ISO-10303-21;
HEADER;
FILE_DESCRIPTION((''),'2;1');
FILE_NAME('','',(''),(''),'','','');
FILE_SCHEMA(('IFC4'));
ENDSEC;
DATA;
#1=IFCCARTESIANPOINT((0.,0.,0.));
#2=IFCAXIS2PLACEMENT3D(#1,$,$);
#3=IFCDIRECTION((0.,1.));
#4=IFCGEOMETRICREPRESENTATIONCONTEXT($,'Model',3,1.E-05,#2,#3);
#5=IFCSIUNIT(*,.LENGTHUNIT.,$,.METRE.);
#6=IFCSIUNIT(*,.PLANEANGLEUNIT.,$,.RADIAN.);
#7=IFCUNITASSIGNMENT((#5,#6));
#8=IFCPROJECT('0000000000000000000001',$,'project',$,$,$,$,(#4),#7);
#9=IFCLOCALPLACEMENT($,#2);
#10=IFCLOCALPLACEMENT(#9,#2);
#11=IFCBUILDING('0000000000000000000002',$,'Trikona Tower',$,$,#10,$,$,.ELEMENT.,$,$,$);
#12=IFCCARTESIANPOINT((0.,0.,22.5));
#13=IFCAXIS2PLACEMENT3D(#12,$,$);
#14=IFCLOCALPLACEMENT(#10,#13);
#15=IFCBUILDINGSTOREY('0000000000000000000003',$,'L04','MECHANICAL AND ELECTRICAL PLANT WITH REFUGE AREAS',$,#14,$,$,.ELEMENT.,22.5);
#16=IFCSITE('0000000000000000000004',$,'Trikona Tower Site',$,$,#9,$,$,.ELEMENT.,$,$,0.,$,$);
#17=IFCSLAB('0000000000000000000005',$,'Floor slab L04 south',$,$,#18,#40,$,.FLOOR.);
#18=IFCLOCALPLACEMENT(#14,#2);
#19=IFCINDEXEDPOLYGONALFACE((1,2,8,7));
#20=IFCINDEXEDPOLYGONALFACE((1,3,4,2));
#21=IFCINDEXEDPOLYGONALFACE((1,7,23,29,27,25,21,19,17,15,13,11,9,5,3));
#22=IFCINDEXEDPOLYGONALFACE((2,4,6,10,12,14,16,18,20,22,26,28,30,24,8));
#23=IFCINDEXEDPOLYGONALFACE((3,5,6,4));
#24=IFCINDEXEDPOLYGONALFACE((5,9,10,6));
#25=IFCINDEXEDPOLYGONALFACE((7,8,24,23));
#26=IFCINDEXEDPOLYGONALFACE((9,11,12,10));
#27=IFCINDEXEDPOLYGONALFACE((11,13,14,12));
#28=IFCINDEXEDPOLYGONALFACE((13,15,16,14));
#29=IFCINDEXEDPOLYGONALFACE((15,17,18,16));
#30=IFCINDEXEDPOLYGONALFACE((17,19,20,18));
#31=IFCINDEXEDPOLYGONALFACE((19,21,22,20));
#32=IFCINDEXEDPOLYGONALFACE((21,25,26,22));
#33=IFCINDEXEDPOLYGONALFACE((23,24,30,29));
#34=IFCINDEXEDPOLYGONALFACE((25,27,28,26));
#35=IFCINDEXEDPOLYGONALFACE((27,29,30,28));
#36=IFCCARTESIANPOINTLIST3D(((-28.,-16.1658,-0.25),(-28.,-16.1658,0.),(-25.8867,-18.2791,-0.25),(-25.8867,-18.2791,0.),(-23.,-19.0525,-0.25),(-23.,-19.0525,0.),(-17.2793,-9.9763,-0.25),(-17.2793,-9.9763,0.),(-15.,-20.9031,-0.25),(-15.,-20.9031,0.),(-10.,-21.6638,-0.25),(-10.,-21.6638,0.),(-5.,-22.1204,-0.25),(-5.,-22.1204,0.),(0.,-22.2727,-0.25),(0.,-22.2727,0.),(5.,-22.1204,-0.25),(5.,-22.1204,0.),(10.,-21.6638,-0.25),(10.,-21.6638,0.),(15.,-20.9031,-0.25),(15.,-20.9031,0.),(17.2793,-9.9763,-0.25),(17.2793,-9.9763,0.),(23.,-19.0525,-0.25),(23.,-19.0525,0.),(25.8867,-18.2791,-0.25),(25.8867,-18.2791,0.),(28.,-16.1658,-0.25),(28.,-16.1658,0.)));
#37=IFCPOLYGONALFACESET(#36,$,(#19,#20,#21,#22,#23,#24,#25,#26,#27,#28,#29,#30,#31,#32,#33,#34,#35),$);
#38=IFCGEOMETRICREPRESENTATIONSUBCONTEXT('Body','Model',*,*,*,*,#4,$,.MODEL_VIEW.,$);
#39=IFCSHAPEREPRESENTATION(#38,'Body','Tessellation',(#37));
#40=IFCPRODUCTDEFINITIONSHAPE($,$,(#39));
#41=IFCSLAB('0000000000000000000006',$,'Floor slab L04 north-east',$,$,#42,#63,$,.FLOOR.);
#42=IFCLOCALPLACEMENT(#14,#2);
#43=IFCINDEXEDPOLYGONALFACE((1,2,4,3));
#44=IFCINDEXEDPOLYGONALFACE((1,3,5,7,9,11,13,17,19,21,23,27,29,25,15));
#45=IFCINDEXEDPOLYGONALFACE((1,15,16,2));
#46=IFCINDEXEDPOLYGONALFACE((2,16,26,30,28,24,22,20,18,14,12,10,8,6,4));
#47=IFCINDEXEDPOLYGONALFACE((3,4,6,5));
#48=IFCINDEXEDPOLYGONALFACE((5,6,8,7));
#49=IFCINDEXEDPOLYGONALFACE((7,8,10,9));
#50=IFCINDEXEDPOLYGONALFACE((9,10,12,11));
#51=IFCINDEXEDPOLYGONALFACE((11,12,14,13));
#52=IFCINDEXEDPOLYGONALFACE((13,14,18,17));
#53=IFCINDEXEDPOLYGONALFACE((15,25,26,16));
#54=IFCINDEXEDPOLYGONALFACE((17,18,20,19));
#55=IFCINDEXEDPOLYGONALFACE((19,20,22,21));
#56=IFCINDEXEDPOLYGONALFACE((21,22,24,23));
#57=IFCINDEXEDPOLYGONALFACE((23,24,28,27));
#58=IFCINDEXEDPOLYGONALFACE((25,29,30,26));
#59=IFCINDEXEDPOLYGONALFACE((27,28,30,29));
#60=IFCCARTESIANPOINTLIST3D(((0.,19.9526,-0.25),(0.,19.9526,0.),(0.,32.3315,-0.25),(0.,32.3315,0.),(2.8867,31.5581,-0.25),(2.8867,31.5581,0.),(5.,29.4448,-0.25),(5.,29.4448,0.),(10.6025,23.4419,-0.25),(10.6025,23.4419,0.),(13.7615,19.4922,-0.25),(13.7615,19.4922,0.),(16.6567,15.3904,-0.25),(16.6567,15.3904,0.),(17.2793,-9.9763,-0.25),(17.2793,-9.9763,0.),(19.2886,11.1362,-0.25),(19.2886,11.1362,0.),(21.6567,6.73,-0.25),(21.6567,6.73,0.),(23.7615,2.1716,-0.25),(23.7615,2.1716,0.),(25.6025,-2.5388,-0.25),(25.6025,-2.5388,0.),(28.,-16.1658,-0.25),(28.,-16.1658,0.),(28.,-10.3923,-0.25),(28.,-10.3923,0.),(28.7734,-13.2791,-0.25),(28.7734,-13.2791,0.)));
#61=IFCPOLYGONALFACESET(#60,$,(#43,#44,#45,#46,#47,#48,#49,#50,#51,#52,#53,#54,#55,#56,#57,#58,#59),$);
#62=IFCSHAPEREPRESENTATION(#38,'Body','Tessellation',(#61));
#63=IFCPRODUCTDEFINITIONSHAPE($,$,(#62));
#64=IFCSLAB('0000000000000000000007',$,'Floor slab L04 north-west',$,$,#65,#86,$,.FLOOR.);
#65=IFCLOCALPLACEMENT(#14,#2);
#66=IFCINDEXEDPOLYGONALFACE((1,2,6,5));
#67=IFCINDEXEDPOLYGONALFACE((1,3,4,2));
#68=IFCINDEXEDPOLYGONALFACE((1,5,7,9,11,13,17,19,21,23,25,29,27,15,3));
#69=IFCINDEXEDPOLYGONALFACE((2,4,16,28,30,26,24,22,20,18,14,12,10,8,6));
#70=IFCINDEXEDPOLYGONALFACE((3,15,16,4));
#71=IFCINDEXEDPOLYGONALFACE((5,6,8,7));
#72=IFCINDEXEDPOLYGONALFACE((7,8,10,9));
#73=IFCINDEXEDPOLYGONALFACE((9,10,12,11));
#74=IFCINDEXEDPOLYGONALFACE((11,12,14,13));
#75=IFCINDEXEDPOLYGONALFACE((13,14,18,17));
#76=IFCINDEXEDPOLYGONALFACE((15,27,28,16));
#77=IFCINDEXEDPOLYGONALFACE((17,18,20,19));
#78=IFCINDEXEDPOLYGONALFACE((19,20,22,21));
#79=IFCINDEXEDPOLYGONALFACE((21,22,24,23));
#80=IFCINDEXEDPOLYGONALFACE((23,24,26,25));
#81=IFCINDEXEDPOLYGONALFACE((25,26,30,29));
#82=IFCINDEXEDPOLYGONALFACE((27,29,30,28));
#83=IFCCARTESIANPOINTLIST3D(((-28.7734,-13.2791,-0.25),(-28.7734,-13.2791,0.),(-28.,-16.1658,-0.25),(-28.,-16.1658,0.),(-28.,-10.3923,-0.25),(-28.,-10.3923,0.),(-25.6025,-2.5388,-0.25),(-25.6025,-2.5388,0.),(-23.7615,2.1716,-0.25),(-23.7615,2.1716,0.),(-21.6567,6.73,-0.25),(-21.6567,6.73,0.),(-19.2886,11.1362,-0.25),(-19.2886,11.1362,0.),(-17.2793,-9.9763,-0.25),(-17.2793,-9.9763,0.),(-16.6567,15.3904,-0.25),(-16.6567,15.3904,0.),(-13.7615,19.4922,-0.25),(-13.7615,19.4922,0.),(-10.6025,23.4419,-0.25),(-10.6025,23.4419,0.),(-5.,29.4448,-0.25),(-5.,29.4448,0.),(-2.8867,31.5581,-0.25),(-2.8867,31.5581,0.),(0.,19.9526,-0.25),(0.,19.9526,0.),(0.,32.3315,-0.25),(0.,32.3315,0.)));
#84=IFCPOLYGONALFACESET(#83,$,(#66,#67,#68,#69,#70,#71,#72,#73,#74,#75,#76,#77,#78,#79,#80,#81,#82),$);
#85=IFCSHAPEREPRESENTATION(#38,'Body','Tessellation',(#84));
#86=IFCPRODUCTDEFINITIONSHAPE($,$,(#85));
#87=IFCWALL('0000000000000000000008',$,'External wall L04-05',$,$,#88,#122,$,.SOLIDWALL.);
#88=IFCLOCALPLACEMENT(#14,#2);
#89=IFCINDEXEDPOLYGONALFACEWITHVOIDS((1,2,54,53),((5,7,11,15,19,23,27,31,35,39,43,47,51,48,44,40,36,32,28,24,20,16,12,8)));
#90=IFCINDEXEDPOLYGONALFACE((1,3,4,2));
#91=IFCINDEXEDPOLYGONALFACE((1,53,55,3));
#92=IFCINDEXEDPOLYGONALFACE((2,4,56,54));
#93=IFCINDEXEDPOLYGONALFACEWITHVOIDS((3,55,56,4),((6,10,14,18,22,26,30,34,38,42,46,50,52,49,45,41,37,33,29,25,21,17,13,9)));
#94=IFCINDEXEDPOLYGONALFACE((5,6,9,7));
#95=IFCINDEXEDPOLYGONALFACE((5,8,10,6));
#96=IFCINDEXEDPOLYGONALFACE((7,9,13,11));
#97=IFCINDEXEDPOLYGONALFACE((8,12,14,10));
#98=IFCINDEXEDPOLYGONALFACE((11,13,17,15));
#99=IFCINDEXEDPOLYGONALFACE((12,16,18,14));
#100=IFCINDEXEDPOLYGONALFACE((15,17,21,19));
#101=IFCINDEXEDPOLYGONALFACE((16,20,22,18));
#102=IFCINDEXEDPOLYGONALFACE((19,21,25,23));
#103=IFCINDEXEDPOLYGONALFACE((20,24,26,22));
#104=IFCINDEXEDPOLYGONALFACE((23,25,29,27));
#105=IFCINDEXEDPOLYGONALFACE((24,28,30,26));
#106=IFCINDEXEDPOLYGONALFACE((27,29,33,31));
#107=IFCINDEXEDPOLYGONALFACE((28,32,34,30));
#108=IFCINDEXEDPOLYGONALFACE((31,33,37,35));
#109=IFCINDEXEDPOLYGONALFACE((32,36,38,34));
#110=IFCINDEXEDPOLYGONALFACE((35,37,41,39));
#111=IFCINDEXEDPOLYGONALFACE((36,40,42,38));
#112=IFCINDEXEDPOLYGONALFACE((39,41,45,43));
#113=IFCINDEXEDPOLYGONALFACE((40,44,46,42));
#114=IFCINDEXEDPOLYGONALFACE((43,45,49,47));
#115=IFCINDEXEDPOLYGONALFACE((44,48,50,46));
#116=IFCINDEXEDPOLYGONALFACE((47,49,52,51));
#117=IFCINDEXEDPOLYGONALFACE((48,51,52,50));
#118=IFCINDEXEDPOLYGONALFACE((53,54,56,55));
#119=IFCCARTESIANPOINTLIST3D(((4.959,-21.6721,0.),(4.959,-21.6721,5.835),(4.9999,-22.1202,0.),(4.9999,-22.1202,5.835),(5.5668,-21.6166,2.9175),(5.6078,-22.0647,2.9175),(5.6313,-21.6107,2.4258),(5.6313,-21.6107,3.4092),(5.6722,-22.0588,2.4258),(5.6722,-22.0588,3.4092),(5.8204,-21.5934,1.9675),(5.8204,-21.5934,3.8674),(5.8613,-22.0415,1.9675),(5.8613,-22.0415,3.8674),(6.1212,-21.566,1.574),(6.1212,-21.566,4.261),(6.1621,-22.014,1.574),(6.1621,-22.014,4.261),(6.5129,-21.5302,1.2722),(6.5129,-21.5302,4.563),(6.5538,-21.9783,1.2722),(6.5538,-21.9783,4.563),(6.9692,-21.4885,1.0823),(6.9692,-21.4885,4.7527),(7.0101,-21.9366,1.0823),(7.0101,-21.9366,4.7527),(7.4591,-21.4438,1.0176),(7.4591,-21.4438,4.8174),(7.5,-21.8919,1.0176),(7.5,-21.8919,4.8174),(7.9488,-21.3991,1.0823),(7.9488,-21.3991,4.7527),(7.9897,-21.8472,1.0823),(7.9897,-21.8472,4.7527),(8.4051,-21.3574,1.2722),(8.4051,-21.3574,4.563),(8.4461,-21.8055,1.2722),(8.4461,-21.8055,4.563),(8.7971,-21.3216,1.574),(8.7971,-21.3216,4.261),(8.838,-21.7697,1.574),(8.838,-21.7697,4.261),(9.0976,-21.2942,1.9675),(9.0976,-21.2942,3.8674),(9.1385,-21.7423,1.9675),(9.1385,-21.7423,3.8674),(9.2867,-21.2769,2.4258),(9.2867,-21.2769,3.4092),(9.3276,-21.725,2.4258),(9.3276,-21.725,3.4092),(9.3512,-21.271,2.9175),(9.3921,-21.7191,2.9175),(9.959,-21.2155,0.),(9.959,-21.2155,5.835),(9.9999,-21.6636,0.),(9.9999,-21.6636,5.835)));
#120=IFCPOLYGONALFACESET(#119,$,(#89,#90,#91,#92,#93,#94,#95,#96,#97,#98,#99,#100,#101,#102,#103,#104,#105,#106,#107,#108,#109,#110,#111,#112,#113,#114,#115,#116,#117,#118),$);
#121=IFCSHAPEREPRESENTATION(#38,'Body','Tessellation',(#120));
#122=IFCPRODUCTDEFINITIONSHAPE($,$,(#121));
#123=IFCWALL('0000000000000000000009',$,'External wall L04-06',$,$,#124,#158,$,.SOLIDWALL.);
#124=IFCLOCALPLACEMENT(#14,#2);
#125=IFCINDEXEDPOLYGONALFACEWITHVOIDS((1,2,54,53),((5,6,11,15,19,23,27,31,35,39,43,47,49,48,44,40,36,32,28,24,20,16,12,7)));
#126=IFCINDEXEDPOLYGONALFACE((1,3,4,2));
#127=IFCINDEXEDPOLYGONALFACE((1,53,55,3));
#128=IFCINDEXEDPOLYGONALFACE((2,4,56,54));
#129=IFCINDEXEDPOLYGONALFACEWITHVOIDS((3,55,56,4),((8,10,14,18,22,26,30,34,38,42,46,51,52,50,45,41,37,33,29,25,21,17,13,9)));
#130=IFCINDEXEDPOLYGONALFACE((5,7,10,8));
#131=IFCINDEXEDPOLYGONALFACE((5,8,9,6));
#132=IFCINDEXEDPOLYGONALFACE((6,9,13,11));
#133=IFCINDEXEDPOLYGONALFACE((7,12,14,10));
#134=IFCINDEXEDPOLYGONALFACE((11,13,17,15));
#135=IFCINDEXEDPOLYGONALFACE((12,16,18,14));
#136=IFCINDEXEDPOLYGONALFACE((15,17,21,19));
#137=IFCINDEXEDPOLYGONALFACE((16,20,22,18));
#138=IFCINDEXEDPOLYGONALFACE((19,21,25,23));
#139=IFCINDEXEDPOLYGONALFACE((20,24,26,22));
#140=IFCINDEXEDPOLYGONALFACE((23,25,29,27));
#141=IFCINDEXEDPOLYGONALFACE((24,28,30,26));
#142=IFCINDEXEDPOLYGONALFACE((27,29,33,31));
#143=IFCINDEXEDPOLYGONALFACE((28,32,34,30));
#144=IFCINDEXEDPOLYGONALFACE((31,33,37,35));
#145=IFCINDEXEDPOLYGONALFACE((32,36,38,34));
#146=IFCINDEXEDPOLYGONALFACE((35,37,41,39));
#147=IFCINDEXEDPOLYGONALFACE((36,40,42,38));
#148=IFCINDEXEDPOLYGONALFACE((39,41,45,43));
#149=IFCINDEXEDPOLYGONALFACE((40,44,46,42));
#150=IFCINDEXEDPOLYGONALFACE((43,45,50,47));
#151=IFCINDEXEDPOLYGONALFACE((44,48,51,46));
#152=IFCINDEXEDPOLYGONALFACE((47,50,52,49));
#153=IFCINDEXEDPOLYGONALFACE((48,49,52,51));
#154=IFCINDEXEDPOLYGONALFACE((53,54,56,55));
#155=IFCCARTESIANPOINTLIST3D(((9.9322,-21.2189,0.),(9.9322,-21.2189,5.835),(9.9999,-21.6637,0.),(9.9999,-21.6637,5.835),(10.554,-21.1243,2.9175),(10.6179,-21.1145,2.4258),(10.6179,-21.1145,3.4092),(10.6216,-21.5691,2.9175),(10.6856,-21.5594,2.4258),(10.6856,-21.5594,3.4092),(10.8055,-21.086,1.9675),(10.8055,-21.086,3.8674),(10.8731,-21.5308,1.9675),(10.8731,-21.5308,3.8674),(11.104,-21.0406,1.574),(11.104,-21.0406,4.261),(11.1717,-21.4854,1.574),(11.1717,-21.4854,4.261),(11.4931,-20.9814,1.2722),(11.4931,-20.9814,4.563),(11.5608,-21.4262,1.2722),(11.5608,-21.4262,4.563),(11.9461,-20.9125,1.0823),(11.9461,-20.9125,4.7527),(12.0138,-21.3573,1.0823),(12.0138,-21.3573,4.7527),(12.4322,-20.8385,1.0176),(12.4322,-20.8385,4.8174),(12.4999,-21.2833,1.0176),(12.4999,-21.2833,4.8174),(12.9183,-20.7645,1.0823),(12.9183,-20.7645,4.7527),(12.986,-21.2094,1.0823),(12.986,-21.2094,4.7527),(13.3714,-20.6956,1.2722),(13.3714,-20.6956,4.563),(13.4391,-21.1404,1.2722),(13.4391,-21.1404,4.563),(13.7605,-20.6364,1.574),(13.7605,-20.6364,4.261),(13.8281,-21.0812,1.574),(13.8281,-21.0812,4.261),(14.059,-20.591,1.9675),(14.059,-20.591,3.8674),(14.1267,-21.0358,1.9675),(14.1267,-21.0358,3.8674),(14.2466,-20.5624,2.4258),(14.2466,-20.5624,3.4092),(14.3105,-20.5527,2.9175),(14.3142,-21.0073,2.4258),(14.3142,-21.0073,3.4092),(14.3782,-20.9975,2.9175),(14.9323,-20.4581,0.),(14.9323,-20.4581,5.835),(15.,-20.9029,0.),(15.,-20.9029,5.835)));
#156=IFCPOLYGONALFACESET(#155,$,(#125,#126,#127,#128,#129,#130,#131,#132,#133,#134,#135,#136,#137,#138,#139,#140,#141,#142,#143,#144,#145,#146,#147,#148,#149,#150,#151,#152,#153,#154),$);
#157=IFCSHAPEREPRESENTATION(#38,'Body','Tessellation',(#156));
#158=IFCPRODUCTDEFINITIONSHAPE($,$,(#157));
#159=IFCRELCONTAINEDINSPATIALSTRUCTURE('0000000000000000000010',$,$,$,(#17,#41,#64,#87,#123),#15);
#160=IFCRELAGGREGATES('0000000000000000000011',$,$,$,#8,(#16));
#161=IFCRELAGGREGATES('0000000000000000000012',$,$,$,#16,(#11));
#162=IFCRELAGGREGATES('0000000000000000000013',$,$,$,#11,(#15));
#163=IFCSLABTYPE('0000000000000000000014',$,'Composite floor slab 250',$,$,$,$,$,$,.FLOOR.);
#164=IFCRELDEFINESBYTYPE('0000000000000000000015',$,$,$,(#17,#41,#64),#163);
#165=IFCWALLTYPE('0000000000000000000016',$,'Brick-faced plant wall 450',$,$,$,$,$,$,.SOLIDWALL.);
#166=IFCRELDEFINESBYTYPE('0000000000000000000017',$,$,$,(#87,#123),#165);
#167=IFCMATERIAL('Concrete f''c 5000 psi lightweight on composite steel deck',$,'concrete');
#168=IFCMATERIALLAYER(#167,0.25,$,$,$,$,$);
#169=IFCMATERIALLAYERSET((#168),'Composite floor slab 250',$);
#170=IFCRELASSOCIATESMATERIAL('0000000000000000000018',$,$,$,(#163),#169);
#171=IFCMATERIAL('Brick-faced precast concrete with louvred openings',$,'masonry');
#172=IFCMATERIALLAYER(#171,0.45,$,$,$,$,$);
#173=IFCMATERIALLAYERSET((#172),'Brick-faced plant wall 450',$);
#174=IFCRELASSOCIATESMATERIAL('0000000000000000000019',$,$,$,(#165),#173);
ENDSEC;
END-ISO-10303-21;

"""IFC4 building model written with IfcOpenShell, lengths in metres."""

from ifc_helpers import new_model, si_unit, direction, frame, origin, place, context, subcontext, project, spatial, polyline, outline, extrude, material, layer, layer_set, type_object, element, save


model = new_model("IFC4")

# Units and contexts
model_context = context("Model", 3, precision=1e-05, world=origin(), true_north=direction((0.0, 1.0)))
body_context = subcontext(model_context, "Body", "Model", "MODEL_VIEW")
ifc_project = project(units=[si_unit("LENGTHUNIT", "METRE"), si_unit("PLANEANGLEUNIT", "RADIAN")], contexts=[model_context])

# Site, building, storey
site_placement = place(None, origin())
site = spatial("IfcSite", under=ifc_project, at=site_placement, Name="Trikona Tower Site", CompositionType="ELEMENT", RefElevation=0.0)
building_placement = place(site_placement, origin())
building = spatial("IfcBuilding", under=site, at=building_placement, Name="Trikona Tower", CompositionType="ELEMENT")
storey_placement = place(building_placement, frame((0.0, 0.0, 22.5)))
storey = spatial("IfcBuildingStorey", under=building, at=storey_placement, Name="L04", Description="MECHANICAL AND ELECTRICAL PLANT WITH REFUGE AREAS", CompositionType="ELEMENT", Elevation=22.5)

# Slabs
ifc_material_1 = material(Name="Concrete f'c 5000 psi lightweight on composite steel deck", Category="concrete")
ifc_layer_1 = layer(ifc_material_1, 0.25)
ifc_layer_set_1 = layer_set([ifc_layer_1], Name="Composite floor slab 250")
slab_type = type_object("IfcSlabType", Name="Composite floor slab 250", PredefinedType="FLOOR", material=ifc_layer_set_1)
slab_1_placement = place(storey_placement, frame((0.0, 0.0, -0.25)))
element("IfcSlab", 1, at=slab_1_placement, inside=storey, type_object=slab_type, Name="Floor slab L04 south", PredefinedType="FLOOR", context=body_context, shape_type="SweptSolid", body=[
    extrude(outline(polyline([(25.8867, -18.2791), (28.0, -16.1658), (17.2793, -9.9763), (-17.2793, -9.9763), (-28.0, -16.1658), (-25.8867, -18.2791), (-23.0, -19.0525), (-15.0, -20.9031), (-10.0, -21.6638), (-5.0, -22.1204), (0.0, -22.2727), (5.0, -22.1204), (10.0, -21.6638), (15.0, -20.9031), (23.0, -19.0525), (25.8867, -18.2791)])), origin(), (0.0, 0.0, 1.0), 0.25),
])
slab_2_placement = place(storey_placement, frame((0.0, 0.0, -0.25)))
element("IfcSlab", 2, at=slab_2_placement, inside=storey, type_object=slab_type, Name="Floor slab L04 north-east", PredefinedType="FLOOR", context=body_context, shape_type="SweptSolid", body=[
    extrude(outline(polyline([(2.8867, 31.5581), (0.0, 32.3315), (0.0, 19.9526), (17.2793, -9.9763), (28.0, -16.1658), (28.7734, -13.2791), (28.0, -10.3923), (25.6025, -2.5388), (23.7615, 2.1716), (21.6567, 6.73), (19.2886, 11.1362), (16.6567, 15.3904), (13.7615, 19.4922), (10.6025, 23.4419), (5.0, 29.4448), (2.8867, 31.5581)])), origin(), (0.0, 0.0, 1.0), 0.25),
])
slab_3_placement = place(storey_placement, frame((0.0, 0.0, -0.25)))
element("IfcSlab", 3, at=slab_3_placement, inside=storey, type_object=slab_type, Name="Floor slab L04 north-west", PredefinedType="FLOOR", context=body_context, shape_type="SweptSolid", body=[
    extrude(outline(polyline([(0.0, 19.9526), (0.0, 32.3315), (-2.8867, 31.5581), (-5.0, 29.4448), (-10.6025, 23.4419), (-13.7615, 19.4922), (-16.6567, 15.3904), (-19.2886, 11.1362), (-21.6567, 6.73), (-23.7615, 2.1716), (-25.6025, -2.5388), (-28.0, -10.3923), (-28.7734, -13.2791), (-28.0, -16.1658), (-17.2793, -9.9763), (0.0, 19.9526)])), origin(), (0.0, 0.0, 1.0), 0.25),
])

# Walls
ifc_material_2 = material(Name="Brick-faced precast concrete with louvred openings", Category="masonry")
ifc_layer_2 = layer(ifc_material_2, 0.45)
ifc_layer_set_2 = layer_set([ifc_layer_2], Name="Brick-faced plant wall 450")
wall_type_1 = type_object("IfcWallType", Name="Brick-faced plant wall 450", PredefinedType="SOLIDWALL", material=ifc_layer_set_2)
wall_1_placement = place(storey_placement, frame((4.9795, -21.8962, 0.0), z_axis=(0.0, 0.0, 1.0), x_axis=(0.995857, 0.09093, 0.0)))
element("IfcWall", 4, at=wall_1_placement, inside=storey, type_object=wall_type_1, Name="External wall L04-05", PredefinedType="SOLIDWALL", context=body_context, shape_type="SweptSolid", body=[
    extrude(outline(polyline([(0.0, 0.0), (5.0208, 0.0), (5.0208, 5.835), (0.0, 5.835), (0.0, 0.0)]), holes=[polyline([(4.4104, 2.9175), (4.3457, 3.4092), (4.1558, 3.8674), (3.854, 4.261), (3.4604, 4.563), (3.0022, 4.7527), (2.5105, 4.8174), (2.0186, 4.7527), (1.5603, 4.563), (1.167, 4.261), (0.865, 3.8674), (0.675, 3.4092), (0.6104, 2.9175), (0.675, 2.4258), (0.865, 1.9675), (1.167, 1.574), (1.5603, 1.2722), (2.0186, 1.0823), (2.5105, 1.0176), (3.0022, 1.0823), (3.4604, 1.2722), (3.854, 1.574), (4.1558, 1.9675), (4.3457, 2.4258), (4.4104, 2.9175)])]), frame((0.0, 0.2251, 0.0), z_axis=(0.0, -1.0, 0.0), x_axis=(1.0, 0.0, 0.0)), (0.0, 0.0, 1.0), 0.45),
])
wall_2_placement = place(storey_placement, frame((9.9661, -21.4414, 0.0), z_axis=(0.0, 0.0, 1.0), x_axis=(0.988623, 0.150417, 0.0)))
element("IfcWall", 5, at=wall_2_placement, inside=storey, type_object=wall_type_1, Name="External wall L04-06", PredefinedType="SOLIDWALL", context=body_context, shape_type="SweptSolid", body=[
    extrude(outline(polyline([(0.0, 0.0), (5.0576, 0.0), (5.0576, 5.835), (0.0, 5.835), (0.0, 0.0)]), holes=[polyline([(4.4287, 2.9175), (4.364, 3.4092), (4.1743, 3.8674), (3.8723, 4.261), (3.4788, 4.563), (3.0205, 4.7527), (2.5288, 4.8174), (2.0371, 4.7527), (1.5789, 4.563), (1.1853, 4.261), (0.8833, 3.8674), (0.6936, 3.4092), (0.6289, 2.9175), (0.6936, 2.4258), (0.8833, 1.9675), (1.1853, 1.574), (1.5789, 1.2722), (2.0371, 1.0823), (2.5288, 1.0176), (3.0205, 1.0823), (3.4788, 1.2722), (3.8723, 1.574), (4.1743, 1.9675), (4.364, 2.4258), (4.4287, 2.9175)])]), frame((0.0, 0.2251, 0.0), z_axis=(0.0, -1.0, 0.0), x_axis=(1.0, 0.0, 0.0)), (0.0, 0.0, 1.0), 0.45),
])

save(model, "model.ifc")
